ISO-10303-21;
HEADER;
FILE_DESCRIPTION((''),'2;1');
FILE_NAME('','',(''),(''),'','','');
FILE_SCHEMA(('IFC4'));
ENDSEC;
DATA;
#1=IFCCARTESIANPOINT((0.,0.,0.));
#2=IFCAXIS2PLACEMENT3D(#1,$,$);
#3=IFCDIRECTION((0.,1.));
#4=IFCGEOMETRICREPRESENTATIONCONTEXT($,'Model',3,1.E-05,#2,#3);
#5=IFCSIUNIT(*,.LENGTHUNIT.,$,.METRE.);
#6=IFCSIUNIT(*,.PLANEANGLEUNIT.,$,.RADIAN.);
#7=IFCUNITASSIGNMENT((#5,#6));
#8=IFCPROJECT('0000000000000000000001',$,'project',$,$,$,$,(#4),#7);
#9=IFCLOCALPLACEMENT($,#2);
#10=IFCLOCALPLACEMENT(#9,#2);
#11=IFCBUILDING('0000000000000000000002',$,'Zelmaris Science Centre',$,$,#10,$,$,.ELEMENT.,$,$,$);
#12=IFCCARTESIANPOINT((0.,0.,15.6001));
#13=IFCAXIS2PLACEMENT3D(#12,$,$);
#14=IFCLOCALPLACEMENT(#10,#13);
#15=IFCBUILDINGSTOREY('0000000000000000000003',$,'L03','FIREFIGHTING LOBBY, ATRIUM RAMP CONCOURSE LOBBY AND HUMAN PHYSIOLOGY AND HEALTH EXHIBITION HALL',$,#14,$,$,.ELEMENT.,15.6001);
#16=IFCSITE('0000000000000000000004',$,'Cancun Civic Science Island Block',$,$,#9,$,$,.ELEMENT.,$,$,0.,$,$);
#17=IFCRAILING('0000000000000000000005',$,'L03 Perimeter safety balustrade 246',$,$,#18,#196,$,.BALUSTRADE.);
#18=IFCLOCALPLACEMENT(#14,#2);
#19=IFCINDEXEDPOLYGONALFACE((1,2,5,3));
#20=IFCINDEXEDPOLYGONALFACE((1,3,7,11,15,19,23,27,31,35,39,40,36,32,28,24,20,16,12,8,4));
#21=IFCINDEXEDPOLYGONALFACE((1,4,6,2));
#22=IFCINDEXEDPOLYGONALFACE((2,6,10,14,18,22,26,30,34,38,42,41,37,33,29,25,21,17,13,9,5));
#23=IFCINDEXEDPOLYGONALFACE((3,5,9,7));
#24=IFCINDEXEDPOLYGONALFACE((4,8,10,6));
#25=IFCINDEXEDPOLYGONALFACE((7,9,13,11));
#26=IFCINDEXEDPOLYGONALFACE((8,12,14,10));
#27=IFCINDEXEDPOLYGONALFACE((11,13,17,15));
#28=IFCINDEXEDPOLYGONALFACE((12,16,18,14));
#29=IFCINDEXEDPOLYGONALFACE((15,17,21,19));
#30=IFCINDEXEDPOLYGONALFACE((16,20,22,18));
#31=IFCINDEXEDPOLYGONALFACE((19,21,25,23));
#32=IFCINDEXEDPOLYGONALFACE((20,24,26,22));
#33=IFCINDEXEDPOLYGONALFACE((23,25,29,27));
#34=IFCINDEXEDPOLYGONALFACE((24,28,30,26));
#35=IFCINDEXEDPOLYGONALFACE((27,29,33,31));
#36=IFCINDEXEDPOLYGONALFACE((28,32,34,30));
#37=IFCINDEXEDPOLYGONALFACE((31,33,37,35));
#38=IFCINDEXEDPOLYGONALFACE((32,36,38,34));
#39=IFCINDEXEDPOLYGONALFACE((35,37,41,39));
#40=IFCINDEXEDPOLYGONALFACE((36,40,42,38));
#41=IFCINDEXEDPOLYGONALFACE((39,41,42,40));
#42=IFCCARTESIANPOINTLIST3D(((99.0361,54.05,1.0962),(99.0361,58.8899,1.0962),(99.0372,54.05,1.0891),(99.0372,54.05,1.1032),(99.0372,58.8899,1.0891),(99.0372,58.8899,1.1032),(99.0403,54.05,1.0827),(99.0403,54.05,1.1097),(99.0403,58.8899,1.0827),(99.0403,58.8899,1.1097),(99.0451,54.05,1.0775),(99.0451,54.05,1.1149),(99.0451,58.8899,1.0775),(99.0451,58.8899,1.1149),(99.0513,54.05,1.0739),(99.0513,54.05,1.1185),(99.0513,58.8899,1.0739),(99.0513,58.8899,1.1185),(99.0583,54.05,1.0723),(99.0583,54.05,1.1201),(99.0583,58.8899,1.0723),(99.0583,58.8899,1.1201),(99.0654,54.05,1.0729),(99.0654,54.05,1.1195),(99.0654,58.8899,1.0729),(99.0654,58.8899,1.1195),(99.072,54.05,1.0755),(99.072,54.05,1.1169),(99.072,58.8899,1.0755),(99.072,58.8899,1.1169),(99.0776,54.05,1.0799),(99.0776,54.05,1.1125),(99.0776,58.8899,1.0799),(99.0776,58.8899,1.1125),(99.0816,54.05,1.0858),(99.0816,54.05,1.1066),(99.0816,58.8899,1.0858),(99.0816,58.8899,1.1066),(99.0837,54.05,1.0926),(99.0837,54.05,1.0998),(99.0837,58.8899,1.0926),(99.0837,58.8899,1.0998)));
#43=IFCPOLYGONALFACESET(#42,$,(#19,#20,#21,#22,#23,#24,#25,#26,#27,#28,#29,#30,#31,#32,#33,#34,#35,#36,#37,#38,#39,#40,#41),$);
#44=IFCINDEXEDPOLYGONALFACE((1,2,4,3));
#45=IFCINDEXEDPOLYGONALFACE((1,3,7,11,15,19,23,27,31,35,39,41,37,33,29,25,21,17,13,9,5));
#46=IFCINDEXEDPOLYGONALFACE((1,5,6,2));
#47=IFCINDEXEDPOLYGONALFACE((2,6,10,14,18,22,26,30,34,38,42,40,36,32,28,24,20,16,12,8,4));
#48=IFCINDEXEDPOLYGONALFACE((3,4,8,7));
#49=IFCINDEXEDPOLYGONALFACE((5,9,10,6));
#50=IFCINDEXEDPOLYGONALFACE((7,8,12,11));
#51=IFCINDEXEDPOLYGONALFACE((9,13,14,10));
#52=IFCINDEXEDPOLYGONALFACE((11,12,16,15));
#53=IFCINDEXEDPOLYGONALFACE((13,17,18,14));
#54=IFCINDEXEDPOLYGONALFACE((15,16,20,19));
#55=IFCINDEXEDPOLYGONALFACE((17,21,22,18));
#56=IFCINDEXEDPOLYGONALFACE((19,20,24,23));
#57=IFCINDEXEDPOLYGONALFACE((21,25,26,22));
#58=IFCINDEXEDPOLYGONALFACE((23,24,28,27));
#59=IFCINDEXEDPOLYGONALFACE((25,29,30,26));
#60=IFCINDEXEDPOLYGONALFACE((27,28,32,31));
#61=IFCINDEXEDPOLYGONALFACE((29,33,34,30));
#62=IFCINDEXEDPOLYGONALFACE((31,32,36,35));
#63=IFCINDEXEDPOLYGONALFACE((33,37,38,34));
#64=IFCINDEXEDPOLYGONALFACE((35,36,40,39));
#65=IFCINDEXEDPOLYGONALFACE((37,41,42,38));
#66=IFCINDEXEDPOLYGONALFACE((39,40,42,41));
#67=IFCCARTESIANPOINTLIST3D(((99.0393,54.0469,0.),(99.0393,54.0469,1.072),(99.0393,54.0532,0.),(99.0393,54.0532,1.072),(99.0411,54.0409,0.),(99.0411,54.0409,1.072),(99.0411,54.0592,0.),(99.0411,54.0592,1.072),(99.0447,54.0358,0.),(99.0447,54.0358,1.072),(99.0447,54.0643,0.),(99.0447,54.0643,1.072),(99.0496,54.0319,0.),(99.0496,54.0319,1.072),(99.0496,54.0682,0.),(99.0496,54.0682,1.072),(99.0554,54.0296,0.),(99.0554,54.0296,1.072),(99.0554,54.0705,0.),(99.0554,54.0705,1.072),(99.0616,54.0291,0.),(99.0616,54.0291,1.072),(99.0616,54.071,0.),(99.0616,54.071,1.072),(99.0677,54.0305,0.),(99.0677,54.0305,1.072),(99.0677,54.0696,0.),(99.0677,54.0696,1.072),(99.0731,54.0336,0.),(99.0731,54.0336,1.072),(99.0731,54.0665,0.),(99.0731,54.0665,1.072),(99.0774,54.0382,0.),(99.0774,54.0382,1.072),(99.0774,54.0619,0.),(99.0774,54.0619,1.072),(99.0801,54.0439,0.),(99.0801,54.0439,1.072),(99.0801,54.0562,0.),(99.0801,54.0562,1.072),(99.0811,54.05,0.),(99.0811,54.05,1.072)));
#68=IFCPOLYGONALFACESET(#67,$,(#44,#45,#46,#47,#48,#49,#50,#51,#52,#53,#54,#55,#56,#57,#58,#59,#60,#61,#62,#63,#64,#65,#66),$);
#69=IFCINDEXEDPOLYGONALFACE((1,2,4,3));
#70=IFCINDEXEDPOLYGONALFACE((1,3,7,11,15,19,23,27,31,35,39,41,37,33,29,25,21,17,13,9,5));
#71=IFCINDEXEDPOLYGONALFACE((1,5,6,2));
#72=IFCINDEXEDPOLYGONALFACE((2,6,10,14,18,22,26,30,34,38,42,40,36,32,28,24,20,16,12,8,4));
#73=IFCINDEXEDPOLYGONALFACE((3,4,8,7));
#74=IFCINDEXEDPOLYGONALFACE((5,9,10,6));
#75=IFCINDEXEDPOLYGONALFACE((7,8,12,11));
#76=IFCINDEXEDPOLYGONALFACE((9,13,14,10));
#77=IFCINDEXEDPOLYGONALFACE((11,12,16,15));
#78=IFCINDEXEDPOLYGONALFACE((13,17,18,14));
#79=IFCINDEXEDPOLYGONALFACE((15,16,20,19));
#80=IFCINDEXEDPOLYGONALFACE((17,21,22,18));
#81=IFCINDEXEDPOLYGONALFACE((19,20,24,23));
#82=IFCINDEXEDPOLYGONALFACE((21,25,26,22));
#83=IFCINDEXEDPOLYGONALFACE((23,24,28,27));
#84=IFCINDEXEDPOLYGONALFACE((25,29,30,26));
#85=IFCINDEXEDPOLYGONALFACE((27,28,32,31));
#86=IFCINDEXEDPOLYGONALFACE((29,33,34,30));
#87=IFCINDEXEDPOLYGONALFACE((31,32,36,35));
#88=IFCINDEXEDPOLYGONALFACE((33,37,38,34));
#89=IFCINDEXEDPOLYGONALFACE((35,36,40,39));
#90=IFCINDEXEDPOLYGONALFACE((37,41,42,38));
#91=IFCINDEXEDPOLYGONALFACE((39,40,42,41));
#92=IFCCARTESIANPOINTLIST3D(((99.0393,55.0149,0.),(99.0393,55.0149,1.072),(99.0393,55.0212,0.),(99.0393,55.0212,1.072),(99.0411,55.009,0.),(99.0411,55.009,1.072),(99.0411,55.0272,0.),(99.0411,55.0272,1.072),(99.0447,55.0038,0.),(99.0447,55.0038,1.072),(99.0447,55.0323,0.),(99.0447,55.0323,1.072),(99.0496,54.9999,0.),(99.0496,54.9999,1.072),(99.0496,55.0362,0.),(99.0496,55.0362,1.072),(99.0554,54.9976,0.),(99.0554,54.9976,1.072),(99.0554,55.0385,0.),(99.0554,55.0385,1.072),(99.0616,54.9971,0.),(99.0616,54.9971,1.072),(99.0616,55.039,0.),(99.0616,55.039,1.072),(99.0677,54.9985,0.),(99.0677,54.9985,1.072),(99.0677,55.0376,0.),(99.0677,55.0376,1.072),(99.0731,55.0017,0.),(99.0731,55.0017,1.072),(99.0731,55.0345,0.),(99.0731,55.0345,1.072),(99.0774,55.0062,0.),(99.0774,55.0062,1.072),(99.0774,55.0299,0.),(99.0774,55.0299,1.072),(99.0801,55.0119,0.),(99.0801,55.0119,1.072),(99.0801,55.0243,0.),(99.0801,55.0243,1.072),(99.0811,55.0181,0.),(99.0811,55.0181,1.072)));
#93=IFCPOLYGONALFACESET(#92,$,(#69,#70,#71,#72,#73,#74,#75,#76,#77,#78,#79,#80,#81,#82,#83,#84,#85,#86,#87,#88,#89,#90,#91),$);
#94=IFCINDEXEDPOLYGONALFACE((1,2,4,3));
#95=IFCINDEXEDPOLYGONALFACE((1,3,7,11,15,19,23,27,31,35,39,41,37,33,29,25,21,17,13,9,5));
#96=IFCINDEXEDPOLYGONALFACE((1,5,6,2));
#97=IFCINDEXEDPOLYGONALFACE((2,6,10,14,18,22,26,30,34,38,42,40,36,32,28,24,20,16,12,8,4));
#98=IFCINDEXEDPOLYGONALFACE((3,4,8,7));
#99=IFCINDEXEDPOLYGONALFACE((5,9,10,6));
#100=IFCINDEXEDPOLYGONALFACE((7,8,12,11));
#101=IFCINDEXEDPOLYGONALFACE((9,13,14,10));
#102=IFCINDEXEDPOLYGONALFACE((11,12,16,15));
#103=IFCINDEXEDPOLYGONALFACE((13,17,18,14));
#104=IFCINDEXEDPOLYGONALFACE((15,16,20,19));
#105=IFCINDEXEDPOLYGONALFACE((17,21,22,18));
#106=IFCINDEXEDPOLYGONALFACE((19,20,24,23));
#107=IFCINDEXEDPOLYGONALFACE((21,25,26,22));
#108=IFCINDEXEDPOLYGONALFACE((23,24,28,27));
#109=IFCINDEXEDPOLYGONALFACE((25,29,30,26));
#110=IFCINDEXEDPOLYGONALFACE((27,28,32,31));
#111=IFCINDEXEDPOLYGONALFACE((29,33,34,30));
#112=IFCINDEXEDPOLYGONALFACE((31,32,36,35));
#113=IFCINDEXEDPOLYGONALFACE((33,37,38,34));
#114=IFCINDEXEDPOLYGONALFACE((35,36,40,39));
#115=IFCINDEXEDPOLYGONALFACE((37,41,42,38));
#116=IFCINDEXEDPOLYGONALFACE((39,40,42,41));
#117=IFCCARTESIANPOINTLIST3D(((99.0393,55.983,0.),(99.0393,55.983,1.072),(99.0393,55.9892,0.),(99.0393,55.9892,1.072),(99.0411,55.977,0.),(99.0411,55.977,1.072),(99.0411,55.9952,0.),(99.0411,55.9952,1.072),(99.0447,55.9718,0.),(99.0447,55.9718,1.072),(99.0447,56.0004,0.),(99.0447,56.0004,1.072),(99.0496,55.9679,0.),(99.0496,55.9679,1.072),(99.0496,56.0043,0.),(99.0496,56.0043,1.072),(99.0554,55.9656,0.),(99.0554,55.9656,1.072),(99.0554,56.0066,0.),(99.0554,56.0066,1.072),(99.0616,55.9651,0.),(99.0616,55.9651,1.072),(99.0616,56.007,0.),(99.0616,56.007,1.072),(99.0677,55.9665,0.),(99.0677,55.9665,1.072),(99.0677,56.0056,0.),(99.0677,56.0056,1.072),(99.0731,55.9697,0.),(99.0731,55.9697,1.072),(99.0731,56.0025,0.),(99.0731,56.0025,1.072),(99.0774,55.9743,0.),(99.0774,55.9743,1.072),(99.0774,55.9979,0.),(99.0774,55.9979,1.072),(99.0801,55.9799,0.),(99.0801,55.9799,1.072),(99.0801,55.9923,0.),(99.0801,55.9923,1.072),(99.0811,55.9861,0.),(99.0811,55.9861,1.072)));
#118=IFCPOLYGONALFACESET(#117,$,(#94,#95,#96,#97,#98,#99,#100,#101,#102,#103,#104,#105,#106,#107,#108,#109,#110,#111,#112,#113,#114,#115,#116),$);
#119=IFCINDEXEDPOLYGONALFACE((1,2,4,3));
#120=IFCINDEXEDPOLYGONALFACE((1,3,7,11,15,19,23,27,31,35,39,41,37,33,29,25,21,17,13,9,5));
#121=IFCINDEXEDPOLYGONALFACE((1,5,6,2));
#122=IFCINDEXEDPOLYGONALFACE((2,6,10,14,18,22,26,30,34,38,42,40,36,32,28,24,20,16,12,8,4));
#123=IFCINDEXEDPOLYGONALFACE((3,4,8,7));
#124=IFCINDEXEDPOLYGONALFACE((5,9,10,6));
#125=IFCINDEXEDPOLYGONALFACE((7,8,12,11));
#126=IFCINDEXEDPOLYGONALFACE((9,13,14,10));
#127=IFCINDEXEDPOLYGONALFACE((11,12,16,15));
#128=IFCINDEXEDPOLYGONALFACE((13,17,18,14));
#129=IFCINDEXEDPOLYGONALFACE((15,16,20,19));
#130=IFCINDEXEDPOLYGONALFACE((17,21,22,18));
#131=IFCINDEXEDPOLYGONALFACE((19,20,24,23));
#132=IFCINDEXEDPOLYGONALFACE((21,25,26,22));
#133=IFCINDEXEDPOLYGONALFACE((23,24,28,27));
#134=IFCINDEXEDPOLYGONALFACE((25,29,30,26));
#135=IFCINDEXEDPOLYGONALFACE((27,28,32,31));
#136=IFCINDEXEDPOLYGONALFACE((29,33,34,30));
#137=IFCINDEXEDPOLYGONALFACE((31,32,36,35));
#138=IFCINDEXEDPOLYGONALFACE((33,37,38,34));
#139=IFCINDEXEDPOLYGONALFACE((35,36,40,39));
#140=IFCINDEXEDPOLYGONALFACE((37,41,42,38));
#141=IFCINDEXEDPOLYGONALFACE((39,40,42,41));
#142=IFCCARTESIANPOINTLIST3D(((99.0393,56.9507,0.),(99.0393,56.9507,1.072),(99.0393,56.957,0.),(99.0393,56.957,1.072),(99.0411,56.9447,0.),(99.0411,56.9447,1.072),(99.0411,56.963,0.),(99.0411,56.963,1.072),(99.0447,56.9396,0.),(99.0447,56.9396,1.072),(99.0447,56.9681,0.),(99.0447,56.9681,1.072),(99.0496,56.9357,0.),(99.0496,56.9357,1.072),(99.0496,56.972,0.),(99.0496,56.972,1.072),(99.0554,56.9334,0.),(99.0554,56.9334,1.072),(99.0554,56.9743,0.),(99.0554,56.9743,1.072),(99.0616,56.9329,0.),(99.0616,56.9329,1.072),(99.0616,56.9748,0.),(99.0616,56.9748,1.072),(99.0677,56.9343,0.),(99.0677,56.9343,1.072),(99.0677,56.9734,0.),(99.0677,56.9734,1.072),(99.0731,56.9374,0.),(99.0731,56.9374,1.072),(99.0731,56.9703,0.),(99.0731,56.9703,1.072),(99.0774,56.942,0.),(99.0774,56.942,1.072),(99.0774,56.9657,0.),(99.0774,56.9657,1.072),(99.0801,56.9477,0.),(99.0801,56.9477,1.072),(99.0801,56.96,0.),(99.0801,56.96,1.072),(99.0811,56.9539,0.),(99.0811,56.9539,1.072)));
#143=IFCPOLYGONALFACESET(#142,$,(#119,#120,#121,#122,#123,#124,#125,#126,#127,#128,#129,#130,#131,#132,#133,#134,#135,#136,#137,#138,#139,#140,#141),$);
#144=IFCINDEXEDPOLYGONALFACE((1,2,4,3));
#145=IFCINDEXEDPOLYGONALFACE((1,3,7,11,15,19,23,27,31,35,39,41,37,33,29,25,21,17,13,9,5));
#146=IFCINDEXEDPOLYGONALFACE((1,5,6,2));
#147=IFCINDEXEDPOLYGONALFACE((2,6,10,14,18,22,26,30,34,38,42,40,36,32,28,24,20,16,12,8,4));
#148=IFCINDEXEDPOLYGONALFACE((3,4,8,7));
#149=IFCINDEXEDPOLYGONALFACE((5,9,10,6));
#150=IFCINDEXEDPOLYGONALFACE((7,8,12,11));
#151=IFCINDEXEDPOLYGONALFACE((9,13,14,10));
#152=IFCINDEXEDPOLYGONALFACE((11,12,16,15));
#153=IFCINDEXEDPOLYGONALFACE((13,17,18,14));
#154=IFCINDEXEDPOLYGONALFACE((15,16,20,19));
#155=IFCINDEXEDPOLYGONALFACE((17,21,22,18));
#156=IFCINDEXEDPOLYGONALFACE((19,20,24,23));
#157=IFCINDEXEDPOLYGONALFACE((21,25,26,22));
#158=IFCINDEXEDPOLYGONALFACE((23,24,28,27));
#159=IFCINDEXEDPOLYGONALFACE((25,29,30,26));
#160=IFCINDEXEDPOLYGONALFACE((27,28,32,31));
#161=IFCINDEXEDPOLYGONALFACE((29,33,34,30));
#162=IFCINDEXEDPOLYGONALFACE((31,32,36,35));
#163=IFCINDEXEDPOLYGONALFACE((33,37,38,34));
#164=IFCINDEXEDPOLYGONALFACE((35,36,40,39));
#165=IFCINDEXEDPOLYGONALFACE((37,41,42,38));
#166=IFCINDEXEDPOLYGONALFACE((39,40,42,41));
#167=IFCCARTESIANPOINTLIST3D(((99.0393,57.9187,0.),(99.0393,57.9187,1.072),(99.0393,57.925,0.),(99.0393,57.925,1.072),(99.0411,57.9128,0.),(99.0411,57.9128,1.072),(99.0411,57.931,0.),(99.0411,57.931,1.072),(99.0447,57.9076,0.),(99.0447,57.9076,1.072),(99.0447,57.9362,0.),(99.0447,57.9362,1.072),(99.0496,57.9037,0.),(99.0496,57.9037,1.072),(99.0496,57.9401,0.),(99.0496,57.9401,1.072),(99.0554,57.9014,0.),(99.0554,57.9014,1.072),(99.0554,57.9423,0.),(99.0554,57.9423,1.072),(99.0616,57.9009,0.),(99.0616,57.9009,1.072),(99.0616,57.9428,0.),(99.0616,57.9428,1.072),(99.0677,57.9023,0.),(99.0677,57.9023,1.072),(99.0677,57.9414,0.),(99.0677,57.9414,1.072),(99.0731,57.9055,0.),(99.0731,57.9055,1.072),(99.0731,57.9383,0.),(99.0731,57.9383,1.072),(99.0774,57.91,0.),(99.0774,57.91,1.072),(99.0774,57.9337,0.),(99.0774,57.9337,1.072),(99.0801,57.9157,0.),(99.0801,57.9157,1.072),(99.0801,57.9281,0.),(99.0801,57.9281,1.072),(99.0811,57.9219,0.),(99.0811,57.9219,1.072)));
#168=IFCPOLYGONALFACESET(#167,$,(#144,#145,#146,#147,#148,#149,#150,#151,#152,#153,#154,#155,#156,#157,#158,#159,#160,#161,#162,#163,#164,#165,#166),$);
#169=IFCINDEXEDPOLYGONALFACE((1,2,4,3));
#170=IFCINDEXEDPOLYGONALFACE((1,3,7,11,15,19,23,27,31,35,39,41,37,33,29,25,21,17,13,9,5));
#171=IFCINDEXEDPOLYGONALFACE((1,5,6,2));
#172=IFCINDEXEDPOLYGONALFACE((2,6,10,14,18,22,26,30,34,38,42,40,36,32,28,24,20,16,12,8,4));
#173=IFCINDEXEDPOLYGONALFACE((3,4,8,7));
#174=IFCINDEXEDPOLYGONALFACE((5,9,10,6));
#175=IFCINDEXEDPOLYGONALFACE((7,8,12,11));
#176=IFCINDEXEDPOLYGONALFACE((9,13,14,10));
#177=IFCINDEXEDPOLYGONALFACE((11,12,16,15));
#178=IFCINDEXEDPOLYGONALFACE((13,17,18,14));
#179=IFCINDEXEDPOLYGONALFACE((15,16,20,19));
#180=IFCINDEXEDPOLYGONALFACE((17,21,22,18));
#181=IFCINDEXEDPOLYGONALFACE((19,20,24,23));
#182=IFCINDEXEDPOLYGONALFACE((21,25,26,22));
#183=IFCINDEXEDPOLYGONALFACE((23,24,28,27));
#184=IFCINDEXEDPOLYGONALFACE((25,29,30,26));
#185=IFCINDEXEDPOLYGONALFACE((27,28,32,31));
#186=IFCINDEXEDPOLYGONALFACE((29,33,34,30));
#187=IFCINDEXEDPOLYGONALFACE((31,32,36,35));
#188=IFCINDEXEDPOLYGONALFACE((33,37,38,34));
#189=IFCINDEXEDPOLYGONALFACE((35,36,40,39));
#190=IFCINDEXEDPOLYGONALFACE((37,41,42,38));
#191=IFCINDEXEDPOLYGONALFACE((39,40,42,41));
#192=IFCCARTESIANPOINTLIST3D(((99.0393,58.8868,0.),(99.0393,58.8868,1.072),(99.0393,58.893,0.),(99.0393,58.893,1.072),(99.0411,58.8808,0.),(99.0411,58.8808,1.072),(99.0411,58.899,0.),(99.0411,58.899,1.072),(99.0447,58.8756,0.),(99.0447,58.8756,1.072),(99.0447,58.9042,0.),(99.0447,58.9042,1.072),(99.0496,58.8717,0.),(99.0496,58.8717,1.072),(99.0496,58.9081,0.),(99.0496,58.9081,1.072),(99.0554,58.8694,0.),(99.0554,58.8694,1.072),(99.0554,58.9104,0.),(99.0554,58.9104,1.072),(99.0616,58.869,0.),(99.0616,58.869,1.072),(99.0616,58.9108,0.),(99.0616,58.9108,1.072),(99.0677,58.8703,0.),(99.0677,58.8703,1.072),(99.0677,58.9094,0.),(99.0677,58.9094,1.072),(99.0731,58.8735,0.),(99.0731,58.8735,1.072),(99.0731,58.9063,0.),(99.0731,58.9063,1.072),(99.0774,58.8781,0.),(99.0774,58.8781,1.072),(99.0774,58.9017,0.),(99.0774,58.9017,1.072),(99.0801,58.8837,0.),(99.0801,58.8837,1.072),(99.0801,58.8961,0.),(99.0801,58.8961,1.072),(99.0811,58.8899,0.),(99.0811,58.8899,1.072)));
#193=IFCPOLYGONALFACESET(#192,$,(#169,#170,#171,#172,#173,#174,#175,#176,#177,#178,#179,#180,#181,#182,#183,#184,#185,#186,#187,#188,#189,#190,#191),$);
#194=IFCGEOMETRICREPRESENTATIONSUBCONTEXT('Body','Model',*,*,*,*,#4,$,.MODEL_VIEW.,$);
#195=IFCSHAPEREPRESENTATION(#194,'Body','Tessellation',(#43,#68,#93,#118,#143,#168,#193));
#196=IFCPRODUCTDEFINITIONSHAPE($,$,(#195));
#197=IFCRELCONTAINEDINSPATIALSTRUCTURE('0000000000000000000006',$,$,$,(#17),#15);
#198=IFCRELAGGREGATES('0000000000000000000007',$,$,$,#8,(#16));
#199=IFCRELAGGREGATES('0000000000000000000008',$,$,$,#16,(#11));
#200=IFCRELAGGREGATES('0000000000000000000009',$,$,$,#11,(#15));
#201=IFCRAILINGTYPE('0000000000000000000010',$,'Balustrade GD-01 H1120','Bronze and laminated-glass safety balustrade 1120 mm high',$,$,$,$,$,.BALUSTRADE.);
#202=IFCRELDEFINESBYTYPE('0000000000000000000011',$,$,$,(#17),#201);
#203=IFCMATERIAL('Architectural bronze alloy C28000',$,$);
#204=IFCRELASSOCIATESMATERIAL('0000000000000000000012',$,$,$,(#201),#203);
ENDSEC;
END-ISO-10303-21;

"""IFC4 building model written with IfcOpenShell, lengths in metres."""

from ifc_helpers import new_model, si_unit, direction, frame, origin, origin_2d, place, context, subcontext, project, spatial, circle, extrude, material, type_object, element, save


model = new_model("IFC4")

# Units and contexts
model_context = context("Model", 3, precision=1e-05, world=origin(), true_north=direction((0.0, 1.0)))
body_context = subcontext(model_context, "Body", "Model", "MODEL_VIEW")
ifc_project = project(units=[si_unit("LENGTHUNIT", "METRE"), si_unit("PLANEANGLEUNIT", "RADIAN")], contexts=[model_context])

# Site, building, storey
site_placement = place(None, origin())
site = spatial("IfcSite", under=ifc_project, at=site_placement, Name="Cancun Civic Science Island Block", CompositionType="ELEMENT", RefElevation=0.0)
building_placement = place(site_placement, origin())
building = spatial("IfcBuilding", under=site, at=building_placement, Name="Zelmaris Science Centre", CompositionType="ELEMENT")
storey_placement = place(building_placement, frame((0.0, 0.0, 15.6001)))
storey = spatial("IfcBuildingStorey", under=building, at=storey_placement, Name="L03", Description="FIREFIGHTING LOBBY, ATRIUM RAMP CONCOURSE LOBBY AND HUMAN PHYSIOLOGY AND HEALTH EXHIBITION HALL", CompositionType="ELEMENT", Elevation=15.6001)

# Railing
ifc_material_1 = material(Name="Architectural bronze alloy C28000")
railing_type = type_object("IfcRailingType", Name="Balustrade GD-01 H1120", Description="Bronze and laminated-glass safety balustrade 1120 mm high", PredefinedType="BALUSTRADE", material=ifc_material_1)
railing_placement = place(storey_placement, frame((99.0601, 54.05, 0.0)))
element("IfcRailing", 1, at=railing_placement, inside=storey, type_object=railing_type, Name="L03 Perimeter safety balustrade 246", PredefinedType="BALUSTRADE", context=body_context, shape_type="SweptSolid", body=[
    extrude(circle(Radius=0.0239, at=origin_2d()), frame((0.0, 0.0, 1.0962), z_axis=(0.0, 1.0, 0.0), x_axis=(-1.0, 0.0, 0.0)), (0.0, 0.0, 1.0), 4.8398),
    extrude(circle(Radius=0.021, at=origin_2d()), origin(), (0.0, 0.0, 1.0), 1.072),
    extrude(circle(Radius=0.021, at=origin_2d()), frame((0.0, 0.968, 0.0)), (0.0, 0.0, 1.0), 1.072),
    extrude(circle(Radius=0.021, at=origin_2d()), frame((0.0, 1.936, 0.0)), (0.0, 0.0, 1.0), 1.072),
    extrude(circle(Radius=0.021, at=origin_2d()), frame((0.0, 2.9038, 0.0)), (0.0, 0.0, 1.0), 1.072),
    extrude(circle(Radius=0.021, at=origin_2d()), frame((0.0, 3.8718, 0.0)), (0.0, 0.0, 1.0), 1.072),
    extrude(circle(Radius=0.021, at=origin_2d()), frame((0.0, 4.8398, 0.0)), (0.0, 0.0, 1.0), 1.072),
])

save(model, "model.ifc")
